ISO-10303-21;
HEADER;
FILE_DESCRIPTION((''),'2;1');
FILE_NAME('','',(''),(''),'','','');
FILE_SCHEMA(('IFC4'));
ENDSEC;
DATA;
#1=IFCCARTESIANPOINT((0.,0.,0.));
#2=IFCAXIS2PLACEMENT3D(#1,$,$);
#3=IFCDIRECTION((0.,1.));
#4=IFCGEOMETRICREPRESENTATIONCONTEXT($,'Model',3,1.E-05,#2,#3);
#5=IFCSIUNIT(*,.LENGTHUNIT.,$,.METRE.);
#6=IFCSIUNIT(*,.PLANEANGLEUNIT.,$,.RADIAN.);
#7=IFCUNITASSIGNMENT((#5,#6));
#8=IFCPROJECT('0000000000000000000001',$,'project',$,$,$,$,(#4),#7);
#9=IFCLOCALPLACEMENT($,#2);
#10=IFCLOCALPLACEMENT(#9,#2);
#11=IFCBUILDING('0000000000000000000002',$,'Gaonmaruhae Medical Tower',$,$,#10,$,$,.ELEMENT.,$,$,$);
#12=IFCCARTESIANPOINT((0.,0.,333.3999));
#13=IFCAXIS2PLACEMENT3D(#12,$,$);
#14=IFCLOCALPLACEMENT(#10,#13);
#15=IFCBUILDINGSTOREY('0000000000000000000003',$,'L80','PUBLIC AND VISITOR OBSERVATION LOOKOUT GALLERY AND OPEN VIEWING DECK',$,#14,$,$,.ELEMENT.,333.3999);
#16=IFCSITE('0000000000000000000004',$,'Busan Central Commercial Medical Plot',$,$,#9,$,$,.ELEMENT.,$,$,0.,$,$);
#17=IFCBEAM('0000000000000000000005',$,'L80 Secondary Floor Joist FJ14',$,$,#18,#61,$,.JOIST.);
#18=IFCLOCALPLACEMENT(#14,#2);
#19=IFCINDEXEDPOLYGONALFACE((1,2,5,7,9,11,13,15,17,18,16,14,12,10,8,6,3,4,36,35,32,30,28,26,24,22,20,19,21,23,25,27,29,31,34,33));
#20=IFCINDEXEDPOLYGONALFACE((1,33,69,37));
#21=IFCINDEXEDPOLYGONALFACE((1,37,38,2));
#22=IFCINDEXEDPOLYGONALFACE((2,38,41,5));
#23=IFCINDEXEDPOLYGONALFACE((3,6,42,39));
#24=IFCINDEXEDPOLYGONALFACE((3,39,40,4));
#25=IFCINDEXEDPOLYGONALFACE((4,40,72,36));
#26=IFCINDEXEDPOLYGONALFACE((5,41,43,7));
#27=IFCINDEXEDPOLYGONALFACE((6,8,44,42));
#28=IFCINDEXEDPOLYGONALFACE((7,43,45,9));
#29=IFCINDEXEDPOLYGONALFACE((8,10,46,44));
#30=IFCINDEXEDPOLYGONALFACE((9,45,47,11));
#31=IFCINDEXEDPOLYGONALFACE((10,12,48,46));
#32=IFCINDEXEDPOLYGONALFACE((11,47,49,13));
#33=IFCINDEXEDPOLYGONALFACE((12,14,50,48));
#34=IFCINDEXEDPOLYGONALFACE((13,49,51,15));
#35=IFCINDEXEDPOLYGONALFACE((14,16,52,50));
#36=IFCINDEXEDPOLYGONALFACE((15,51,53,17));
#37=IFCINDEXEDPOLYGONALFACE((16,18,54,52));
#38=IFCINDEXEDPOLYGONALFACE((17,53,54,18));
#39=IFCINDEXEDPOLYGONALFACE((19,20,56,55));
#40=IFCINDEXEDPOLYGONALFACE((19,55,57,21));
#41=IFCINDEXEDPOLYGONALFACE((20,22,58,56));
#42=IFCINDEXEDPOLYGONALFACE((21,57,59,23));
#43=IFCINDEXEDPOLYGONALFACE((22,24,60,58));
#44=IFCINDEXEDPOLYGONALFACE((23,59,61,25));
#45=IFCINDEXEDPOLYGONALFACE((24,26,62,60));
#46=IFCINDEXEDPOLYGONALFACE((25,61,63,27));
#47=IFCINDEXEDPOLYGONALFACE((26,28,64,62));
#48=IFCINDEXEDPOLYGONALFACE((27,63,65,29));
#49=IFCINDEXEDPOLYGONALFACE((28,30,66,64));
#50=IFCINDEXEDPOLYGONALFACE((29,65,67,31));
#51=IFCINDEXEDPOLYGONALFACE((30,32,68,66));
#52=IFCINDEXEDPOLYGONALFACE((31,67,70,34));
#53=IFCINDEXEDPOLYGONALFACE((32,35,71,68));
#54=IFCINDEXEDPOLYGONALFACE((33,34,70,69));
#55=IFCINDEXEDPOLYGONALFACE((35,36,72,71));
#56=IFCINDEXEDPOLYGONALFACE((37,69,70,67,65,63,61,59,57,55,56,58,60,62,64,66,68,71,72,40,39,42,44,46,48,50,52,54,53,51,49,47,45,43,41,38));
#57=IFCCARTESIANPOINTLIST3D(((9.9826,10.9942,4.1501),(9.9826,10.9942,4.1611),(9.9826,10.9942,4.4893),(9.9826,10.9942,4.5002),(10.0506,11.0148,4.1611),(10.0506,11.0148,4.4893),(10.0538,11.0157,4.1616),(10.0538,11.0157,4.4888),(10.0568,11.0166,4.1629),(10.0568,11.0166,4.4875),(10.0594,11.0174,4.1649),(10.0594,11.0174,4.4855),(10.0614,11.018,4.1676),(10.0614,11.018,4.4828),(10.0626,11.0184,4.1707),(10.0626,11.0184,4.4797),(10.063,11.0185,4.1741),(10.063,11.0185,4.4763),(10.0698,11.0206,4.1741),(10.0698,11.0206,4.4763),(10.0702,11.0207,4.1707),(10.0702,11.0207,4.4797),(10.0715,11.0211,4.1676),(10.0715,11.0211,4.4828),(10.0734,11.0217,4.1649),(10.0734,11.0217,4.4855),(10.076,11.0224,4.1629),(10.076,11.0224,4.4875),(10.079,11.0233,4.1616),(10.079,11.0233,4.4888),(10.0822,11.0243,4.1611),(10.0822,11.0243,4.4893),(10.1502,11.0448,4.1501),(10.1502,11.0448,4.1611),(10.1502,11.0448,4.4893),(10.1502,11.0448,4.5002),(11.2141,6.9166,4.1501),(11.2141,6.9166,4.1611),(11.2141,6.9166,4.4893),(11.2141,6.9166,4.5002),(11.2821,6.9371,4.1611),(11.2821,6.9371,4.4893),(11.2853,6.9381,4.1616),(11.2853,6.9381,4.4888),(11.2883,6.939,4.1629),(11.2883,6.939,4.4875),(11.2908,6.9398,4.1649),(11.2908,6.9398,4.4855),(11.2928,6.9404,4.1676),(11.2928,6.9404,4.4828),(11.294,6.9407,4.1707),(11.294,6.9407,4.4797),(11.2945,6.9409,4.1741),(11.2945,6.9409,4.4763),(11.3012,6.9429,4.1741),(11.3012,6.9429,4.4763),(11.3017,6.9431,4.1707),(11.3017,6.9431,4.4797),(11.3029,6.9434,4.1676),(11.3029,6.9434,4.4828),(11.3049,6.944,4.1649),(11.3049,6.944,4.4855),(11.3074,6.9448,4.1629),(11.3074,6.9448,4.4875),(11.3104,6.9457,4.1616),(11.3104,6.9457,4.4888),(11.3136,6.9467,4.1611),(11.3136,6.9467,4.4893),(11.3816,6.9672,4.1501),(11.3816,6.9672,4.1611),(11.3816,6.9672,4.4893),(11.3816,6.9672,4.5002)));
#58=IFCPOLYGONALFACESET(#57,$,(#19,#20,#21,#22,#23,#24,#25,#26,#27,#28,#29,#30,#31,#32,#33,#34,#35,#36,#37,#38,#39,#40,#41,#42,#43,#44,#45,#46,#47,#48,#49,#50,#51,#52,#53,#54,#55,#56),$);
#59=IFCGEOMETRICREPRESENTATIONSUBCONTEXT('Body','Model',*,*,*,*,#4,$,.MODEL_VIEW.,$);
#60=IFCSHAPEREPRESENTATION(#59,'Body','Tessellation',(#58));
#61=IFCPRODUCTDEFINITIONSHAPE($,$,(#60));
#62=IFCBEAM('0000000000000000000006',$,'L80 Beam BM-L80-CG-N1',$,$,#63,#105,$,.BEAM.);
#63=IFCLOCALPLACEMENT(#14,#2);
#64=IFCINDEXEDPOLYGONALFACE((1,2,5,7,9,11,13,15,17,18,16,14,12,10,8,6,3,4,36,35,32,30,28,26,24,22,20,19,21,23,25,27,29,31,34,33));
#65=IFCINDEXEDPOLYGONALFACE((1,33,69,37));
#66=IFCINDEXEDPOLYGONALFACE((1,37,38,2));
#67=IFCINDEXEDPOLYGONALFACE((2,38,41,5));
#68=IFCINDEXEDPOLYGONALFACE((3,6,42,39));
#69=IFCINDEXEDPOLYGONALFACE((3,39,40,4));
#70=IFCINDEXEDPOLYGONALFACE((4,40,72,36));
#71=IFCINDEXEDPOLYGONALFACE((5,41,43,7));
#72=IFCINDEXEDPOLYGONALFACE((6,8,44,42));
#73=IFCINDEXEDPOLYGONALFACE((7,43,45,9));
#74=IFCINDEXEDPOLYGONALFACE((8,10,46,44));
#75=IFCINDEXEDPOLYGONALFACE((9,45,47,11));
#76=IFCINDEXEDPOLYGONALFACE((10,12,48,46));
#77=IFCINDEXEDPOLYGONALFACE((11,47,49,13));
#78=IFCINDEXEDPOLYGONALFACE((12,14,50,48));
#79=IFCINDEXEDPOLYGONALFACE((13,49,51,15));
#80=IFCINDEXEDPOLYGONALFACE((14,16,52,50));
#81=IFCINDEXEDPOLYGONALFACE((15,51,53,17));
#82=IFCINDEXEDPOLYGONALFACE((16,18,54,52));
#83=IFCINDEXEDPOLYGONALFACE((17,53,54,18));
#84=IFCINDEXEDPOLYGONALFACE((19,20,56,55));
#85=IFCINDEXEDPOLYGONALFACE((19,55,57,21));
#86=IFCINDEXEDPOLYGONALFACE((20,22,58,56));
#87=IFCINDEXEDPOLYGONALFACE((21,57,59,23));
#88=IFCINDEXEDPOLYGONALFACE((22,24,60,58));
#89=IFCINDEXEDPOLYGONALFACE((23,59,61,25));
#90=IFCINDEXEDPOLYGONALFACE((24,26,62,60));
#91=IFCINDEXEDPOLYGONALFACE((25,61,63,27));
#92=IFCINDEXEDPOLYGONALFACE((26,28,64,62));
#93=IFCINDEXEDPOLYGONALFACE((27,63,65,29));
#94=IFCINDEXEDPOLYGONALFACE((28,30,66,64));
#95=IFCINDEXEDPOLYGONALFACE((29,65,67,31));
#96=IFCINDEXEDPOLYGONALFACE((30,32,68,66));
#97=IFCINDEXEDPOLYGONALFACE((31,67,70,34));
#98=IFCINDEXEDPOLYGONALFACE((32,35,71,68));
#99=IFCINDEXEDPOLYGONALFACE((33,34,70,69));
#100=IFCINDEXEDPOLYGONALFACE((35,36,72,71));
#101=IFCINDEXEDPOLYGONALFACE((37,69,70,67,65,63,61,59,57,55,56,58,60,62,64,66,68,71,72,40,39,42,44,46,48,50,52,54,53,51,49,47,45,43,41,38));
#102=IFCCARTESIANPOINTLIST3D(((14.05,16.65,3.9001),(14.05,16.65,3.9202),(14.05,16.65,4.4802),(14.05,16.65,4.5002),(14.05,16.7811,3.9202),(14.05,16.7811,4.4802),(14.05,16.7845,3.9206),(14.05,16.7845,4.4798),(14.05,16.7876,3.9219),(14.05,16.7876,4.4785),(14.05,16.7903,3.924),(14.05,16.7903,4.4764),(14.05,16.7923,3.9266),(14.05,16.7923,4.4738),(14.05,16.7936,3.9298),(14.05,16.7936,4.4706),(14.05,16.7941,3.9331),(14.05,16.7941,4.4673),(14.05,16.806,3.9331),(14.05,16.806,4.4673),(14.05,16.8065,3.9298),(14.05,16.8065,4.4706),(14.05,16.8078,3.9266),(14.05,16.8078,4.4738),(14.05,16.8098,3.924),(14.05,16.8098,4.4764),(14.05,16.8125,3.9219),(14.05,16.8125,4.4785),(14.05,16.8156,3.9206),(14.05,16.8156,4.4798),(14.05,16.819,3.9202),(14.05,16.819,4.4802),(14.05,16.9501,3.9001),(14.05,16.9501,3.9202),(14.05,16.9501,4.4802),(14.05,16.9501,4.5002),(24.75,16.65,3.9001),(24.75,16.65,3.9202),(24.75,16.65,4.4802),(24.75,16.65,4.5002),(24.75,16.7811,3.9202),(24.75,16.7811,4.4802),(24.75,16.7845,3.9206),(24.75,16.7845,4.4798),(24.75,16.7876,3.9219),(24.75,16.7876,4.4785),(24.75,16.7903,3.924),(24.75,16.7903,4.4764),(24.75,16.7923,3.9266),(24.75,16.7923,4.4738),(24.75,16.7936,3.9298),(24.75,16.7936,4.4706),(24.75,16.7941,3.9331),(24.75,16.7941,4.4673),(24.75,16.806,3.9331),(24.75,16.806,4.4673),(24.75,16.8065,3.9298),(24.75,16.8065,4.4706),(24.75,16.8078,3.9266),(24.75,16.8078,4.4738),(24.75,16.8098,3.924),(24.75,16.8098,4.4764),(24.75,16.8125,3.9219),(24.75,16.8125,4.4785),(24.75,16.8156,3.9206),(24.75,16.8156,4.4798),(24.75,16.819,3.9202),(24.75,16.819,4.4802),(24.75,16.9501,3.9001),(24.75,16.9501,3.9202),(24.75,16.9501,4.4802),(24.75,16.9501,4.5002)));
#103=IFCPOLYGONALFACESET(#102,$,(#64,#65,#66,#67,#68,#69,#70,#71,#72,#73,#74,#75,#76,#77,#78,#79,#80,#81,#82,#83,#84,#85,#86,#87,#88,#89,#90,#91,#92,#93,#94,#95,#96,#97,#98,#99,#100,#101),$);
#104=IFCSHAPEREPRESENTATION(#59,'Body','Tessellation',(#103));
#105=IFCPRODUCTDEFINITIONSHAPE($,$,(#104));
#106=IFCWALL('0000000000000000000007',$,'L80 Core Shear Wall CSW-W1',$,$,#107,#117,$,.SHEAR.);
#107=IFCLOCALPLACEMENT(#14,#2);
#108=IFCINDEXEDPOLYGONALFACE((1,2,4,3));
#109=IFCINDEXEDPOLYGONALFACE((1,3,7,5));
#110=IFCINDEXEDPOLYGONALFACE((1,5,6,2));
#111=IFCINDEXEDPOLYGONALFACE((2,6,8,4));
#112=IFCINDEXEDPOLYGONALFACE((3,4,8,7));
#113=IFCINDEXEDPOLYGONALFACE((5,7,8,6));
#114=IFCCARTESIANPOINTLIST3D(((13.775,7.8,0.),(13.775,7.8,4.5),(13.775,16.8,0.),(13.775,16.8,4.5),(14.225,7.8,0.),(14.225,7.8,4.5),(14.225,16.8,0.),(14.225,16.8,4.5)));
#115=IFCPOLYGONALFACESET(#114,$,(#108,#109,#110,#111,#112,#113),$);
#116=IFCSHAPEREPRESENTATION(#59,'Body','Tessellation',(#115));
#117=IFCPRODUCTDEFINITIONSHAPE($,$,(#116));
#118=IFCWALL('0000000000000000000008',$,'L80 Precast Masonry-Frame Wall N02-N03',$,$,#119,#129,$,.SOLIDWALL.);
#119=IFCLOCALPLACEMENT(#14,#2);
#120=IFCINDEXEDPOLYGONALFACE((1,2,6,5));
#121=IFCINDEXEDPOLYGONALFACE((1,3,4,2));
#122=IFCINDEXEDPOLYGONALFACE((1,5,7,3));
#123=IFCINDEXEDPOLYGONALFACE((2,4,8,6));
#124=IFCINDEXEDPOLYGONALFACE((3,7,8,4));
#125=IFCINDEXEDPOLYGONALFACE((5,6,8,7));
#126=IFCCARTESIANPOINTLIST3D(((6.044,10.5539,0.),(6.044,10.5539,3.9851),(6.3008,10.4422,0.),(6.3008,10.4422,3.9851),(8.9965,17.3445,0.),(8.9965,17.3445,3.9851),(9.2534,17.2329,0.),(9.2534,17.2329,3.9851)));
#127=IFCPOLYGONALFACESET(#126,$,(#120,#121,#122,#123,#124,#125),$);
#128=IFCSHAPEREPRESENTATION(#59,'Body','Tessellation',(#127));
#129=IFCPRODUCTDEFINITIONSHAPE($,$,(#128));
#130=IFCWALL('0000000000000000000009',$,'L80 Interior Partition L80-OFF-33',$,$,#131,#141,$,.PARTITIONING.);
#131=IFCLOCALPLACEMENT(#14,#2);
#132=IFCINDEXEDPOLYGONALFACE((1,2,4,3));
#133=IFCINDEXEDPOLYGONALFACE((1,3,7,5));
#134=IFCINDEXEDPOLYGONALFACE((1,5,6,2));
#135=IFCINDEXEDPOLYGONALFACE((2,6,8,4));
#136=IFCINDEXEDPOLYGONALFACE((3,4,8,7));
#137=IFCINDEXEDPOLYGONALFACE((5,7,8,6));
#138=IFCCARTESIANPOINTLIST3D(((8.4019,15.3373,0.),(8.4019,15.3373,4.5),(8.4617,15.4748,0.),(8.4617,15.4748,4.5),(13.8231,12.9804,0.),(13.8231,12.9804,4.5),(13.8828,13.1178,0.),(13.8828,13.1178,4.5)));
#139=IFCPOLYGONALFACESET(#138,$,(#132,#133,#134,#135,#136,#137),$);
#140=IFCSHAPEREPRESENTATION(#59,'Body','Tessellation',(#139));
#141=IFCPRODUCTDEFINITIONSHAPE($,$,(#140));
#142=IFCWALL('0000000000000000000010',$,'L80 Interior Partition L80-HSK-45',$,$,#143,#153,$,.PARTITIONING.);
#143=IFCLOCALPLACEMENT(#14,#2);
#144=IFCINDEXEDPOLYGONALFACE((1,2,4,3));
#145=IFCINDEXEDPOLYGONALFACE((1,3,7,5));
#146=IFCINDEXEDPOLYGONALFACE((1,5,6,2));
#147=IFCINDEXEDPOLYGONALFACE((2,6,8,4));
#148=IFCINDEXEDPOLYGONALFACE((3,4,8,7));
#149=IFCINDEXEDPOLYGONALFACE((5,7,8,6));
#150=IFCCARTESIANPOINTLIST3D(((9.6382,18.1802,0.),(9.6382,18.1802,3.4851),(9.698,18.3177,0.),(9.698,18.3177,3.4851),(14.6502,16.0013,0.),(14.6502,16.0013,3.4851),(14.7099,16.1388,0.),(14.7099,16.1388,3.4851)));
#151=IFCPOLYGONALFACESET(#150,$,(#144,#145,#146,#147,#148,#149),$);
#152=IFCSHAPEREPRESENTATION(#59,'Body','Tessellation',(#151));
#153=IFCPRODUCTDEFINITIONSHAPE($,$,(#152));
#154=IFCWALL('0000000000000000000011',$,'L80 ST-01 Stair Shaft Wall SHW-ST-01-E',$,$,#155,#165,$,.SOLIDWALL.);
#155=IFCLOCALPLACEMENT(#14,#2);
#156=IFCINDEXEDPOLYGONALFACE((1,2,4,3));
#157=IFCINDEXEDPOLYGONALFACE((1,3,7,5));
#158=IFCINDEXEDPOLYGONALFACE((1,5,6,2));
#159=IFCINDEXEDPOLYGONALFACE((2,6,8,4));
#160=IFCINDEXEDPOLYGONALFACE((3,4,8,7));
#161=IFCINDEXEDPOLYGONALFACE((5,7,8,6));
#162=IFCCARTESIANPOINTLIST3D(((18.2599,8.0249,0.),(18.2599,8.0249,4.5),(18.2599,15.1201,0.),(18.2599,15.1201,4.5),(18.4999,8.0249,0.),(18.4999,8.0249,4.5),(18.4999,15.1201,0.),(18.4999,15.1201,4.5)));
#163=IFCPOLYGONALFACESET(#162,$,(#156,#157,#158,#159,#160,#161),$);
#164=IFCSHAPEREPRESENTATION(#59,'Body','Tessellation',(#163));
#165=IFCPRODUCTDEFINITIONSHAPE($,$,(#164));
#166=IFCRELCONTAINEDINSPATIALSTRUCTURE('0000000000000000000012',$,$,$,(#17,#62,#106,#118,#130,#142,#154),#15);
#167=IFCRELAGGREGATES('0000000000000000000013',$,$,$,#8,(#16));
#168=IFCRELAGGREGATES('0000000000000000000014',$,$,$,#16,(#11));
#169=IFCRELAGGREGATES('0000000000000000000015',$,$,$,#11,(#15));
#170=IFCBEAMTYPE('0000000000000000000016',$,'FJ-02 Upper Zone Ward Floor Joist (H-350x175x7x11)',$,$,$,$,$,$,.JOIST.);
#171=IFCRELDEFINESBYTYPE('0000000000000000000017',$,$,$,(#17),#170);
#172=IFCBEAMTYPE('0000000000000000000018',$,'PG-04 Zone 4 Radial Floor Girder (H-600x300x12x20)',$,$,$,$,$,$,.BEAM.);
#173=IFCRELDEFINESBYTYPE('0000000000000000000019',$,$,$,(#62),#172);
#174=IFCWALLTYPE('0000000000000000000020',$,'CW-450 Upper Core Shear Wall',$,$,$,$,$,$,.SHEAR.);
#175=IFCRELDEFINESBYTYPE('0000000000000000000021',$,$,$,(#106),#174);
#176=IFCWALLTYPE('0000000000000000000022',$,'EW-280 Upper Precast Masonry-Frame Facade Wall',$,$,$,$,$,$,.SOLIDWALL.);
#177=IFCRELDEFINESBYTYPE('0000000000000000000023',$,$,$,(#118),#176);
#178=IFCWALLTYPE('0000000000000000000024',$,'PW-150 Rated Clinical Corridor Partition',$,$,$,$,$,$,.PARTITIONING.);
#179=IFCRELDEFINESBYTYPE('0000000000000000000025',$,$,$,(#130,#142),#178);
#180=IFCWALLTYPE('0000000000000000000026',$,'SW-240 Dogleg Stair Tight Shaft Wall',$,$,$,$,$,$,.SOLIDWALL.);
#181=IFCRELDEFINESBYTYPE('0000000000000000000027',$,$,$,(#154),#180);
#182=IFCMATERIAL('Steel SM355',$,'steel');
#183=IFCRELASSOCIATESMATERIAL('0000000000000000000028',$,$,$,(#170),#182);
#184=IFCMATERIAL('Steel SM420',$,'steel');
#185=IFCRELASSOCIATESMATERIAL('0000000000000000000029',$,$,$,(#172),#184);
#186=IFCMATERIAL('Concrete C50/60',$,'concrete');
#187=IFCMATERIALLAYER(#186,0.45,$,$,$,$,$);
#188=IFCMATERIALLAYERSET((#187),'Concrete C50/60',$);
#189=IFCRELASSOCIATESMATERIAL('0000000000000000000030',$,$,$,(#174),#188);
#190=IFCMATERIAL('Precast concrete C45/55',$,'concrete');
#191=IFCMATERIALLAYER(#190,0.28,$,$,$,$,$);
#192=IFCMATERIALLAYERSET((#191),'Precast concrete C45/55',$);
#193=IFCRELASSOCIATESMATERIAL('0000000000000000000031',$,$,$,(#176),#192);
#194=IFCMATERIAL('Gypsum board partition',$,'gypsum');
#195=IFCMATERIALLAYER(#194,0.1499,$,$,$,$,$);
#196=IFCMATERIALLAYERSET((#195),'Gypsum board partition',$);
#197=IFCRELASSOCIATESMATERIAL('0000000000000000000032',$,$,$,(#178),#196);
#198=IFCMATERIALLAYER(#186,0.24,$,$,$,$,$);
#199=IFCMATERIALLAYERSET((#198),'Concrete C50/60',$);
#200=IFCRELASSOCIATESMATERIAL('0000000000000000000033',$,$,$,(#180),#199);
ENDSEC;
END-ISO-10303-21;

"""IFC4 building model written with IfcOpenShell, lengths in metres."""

from ifc_helpers import new_model, si_unit, direction, frame, frame_2d, origin, origin_2d, place, context, subcontext, project, spatial, rectangle, i_section, extrude, material, layer, layer_set, material_profile, profile_set, type_object, element, save


model = new_model("IFC4")

# Units and contexts
model_context = context("Model", 3, precision=1e-05, world=origin(), true_north=direction((0.0, 1.0)))
body_context = subcontext(model_context, "Body", "Model", "MODEL_VIEW")
ifc_project = project(units=[si_unit("LENGTHUNIT", "METRE"), si_unit("PLANEANGLEUNIT", "RADIAN")], contexts=[model_context])

# Site, building, storey
site_placement = place(None, origin())
site = spatial("IfcSite", under=ifc_project, at=site_placement, Name="Busan Central Commercial Medical Plot", CompositionType="ELEMENT", RefElevation=0.0)
building_placement = place(site_placement, origin())
building = spatial("IfcBuilding", under=site, at=building_placement, Name="Gaonmaruhae Medical Tower", CompositionType="ELEMENT")
storey_placement = place(building_placement, frame((0.0, 0.0, 333.3999)))
storey = spatial("IfcBuildingStorey", under=building, at=storey_placement, Name="L80", Description="PUBLIC AND VISITOR OBSERVATION LOOKOUT GALLERY AND OPEN VIEWING DECK", CompositionType="ELEMENT", Elevation=333.3999)

# Shared definitions
ifc_material_1 = material(Name="Concrete C50/60", Category="concrete")

# Beams
ifc_material_2 = material(Name="Steel SM420", Category="steel")
ifc_material_3 = material(Name="Steel SM355", Category="steel")
ifc_material_profile_1 = material_profile(ifc_material_3, i_section(OverallWidth=0.175, OverallDepth=0.3501, WebThickness=0.0071, FlangeThickness=0.011, FilletRadius=0.0129, at=origin_2d()), Name="H-350x175x7x11")
ifc_profile_set_1 = profile_set([ifc_material_profile_1], Name="Steel SM355")
beam_type_1 = type_object("IfcBeamType", Name="FJ-02 Upper Zone Ward Floor Joist (H-350x175x7x11)", PredefinedType="JOIST", material=ifc_profile_set_1)
beam_1_placement = place(storey_placement, frame((10.0664, 11.0195, 4.3252), z_axis=(0.289104, -0.957298, 0.0), x_axis=(0.957298, 0.289104, 0.0)))
element("IfcBeam", 1, at=beam_1_placement, inside=storey, type_object=beam_type_1, Name="L80 Secondary Floor Joist FJ14", PredefinedType="JOIST", context=body_context, shape_type="SweptSolid", body=[
    extrude(i_section(OverallWidth=0.175, OverallDepth=0.3501, WebThickness=0.0071, FlangeThickness=0.011, FilletRadius=0.0129, at=origin_2d()), origin(), (0.0, 0.0, 1.0), 4.2595),
])
ifc_material_profile_2 = material_profile(ifc_material_2, i_section(OverallWidth=0.3, OverallDepth=0.6001, WebThickness=0.012, FlangeThickness=0.02, FilletRadius=0.0129, at=origin_2d()), Name="H-600x300x12x20")
ifc_profile_set_2 = profile_set([ifc_material_profile_2], Name="Steel SM420")
beam_type_2 = type_object("IfcBeamType", Name="PG-04 Zone 4 Radial Floor Girder (H-600x300x12x20)", PredefinedType="BEAM", material=ifc_profile_set_2)
beam_2_placement = place(storey_placement, frame((14.05, 16.8, 4.2002), z_axis=(1.0, 0.0, 0.0), x_axis=(0.0, 1.0, 0.0)))
element("IfcBeam", 2, at=beam_2_placement, inside=storey, type_object=beam_type_2, Name="L80 Beam BM-L80-CG-N1", PredefinedType="BEAM", context=body_context, shape_type="SweptSolid", body=[
    extrude(i_section(OverallWidth=0.3, OverallDepth=0.6001, WebThickness=0.012, FlangeThickness=0.02, FilletRadius=0.0129, at=origin_2d()), origin(), (0.0, 0.0, 1.0), 10.7),
])

# Walls
ifc_layer_1 = layer(ifc_material_1, 0.45)
ifc_layer_set_1 = layer_set([ifc_layer_1], Name="Concrete C50/60")
wall_type_1 = type_object("IfcWallType", Name="CW-450 Upper Core Shear Wall", PredefinedType="SHEAR", material=ifc_layer_set_1)
wall_1_placement = place(storey_placement, frame((14.0, 16.8, 0.0), z_axis=(0.0, 0.0, 1.0), x_axis=(0.0, -1.0, 0.0)))
element("IfcWall", 3, at=wall_1_placement, inside=storey, type_object=wall_type_1, Name="L80 Core Shear Wall CSW-W1", PredefinedType="SHEAR", context=body_context, shape_type="SweptSolid", body=[
    extrude(rectangle(XDim=9.0, YDim=0.45, at=frame_2d((4.5, 0.0))), origin(), (0.0, 0.0, 1.0), 4.5),
])
ifc_material_4 = material(Name="Precast concrete C45/55", Category="concrete")
ifc_layer_2 = layer(ifc_material_4, 0.28)
ifc_layer_set_2 = layer_set([ifc_layer_2], Name="Precast concrete C45/55")
wall_type_2 = type_object("IfcWallType", Name="EW-280 Upper Precast Masonry-Frame Facade Wall", PredefinedType="SOLIDWALL", material=ifc_layer_set_2)
wall_2_placement = place(storey_placement, frame((6.1724, 10.498, 0.0), z_axis=(0.0, 0.0, 1.0), x_axis=(0.398741, 0.917064, 0.0)))
element("IfcWall", 4, at=wall_2_placement, inside=storey, type_object=wall_type_2, Name="L80 Precast Masonry-Frame Wall N02-N03", PredefinedType="SOLIDWALL", context=body_context, shape_type="SweptSolid", body=[
    extrude(rectangle(XDim=7.4048, YDim=0.28, at=frame_2d((3.7024, 0.0))), origin(), (0.0, 0.0, 1.0), 3.9851),
])
ifc_material_5 = material(Name="Gypsum board partition", Category="gypsum")
ifc_layer_3 = layer(ifc_material_5, 0.1499)
ifc_layer_set_3 = layer_set([ifc_layer_3], Name="Gypsum board partition")
wall_type_3 = type_object("IfcWallType", Name="PW-150 Rated Clinical Corridor Partition", PredefinedType="PARTITIONING", material=ifc_layer_set_3)
wall_3_placement = place(storey_placement, frame((8.4319, 15.406, 0.0), z_axis=(0.0, 0.0, 1.0), x_axis=(0.917075, -0.398714, 0.0)))
element("IfcWall", 5, at=wall_3_placement, inside=storey, type_object=wall_type_3, Name="L80 Interior Partition L80-OFF-33", PredefinedType="PARTITIONING", context=body_context, shape_type="SweptSolid", body=[
    extrude(rectangle(XDim=5.9114, YDim=0.1499, at=frame_2d((2.9556, 0.0))), origin(), (0.0, 0.0, 1.0), 4.5),
])
wall_4_placement = place(storey_placement, frame((14.6799, 16.0701, 0.0), z_axis=(0.0, 0.0, 1.0), x_axis=(-0.917081, 0.398702, 0.0)))
element("IfcWall", 6, at=wall_4_placement, inside=storey, type_object=wall_type_3, Name="L80 Interior Partition L80-HSK-45", PredefinedType="PARTITIONING", context=body_context, shape_type="SweptSolid", body=[
    extrude(rectangle(XDim=5.4651, YDim=0.1499, at=frame_2d((2.7324, 0.0))), origin(), (0.0, 0.0, 1.0), 3.4851),
])

# Shared definitions
ifc_layer_4 = layer(ifc_material_1, 0.24)
ifc_layer_set_4 = layer_set([ifc_layer_4], Name="Concrete C50/60")
wall_type_4 = type_object("IfcWallType", Name="SW-240 Dogleg Stair Tight Shaft Wall", PredefinedType="SOLIDWALL", material=ifc_layer_set_4)

# Wall
wall_5_placement = place(storey_placement, frame((18.3799, 15.1201, 0.0), z_axis=(0.0, 0.0, 1.0), x_axis=(0.0, -1.0, 0.0)))
element("IfcWall", 7, at=wall_5_placement, inside=storey, type_object=wall_type_4, Name="L80 ST-01 Stair Shaft Wall SHW-ST-01-E", PredefinedType="SOLIDWALL", context=body_context, shape_type="SweptSolid", body=[
    extrude(rectangle(XDim=7.0952, YDim=0.24, at=frame_2d((3.5476, 0.0))), origin(), (0.0, 0.0, 1.0), 4.5),
])

save(model, "model.ifc")
